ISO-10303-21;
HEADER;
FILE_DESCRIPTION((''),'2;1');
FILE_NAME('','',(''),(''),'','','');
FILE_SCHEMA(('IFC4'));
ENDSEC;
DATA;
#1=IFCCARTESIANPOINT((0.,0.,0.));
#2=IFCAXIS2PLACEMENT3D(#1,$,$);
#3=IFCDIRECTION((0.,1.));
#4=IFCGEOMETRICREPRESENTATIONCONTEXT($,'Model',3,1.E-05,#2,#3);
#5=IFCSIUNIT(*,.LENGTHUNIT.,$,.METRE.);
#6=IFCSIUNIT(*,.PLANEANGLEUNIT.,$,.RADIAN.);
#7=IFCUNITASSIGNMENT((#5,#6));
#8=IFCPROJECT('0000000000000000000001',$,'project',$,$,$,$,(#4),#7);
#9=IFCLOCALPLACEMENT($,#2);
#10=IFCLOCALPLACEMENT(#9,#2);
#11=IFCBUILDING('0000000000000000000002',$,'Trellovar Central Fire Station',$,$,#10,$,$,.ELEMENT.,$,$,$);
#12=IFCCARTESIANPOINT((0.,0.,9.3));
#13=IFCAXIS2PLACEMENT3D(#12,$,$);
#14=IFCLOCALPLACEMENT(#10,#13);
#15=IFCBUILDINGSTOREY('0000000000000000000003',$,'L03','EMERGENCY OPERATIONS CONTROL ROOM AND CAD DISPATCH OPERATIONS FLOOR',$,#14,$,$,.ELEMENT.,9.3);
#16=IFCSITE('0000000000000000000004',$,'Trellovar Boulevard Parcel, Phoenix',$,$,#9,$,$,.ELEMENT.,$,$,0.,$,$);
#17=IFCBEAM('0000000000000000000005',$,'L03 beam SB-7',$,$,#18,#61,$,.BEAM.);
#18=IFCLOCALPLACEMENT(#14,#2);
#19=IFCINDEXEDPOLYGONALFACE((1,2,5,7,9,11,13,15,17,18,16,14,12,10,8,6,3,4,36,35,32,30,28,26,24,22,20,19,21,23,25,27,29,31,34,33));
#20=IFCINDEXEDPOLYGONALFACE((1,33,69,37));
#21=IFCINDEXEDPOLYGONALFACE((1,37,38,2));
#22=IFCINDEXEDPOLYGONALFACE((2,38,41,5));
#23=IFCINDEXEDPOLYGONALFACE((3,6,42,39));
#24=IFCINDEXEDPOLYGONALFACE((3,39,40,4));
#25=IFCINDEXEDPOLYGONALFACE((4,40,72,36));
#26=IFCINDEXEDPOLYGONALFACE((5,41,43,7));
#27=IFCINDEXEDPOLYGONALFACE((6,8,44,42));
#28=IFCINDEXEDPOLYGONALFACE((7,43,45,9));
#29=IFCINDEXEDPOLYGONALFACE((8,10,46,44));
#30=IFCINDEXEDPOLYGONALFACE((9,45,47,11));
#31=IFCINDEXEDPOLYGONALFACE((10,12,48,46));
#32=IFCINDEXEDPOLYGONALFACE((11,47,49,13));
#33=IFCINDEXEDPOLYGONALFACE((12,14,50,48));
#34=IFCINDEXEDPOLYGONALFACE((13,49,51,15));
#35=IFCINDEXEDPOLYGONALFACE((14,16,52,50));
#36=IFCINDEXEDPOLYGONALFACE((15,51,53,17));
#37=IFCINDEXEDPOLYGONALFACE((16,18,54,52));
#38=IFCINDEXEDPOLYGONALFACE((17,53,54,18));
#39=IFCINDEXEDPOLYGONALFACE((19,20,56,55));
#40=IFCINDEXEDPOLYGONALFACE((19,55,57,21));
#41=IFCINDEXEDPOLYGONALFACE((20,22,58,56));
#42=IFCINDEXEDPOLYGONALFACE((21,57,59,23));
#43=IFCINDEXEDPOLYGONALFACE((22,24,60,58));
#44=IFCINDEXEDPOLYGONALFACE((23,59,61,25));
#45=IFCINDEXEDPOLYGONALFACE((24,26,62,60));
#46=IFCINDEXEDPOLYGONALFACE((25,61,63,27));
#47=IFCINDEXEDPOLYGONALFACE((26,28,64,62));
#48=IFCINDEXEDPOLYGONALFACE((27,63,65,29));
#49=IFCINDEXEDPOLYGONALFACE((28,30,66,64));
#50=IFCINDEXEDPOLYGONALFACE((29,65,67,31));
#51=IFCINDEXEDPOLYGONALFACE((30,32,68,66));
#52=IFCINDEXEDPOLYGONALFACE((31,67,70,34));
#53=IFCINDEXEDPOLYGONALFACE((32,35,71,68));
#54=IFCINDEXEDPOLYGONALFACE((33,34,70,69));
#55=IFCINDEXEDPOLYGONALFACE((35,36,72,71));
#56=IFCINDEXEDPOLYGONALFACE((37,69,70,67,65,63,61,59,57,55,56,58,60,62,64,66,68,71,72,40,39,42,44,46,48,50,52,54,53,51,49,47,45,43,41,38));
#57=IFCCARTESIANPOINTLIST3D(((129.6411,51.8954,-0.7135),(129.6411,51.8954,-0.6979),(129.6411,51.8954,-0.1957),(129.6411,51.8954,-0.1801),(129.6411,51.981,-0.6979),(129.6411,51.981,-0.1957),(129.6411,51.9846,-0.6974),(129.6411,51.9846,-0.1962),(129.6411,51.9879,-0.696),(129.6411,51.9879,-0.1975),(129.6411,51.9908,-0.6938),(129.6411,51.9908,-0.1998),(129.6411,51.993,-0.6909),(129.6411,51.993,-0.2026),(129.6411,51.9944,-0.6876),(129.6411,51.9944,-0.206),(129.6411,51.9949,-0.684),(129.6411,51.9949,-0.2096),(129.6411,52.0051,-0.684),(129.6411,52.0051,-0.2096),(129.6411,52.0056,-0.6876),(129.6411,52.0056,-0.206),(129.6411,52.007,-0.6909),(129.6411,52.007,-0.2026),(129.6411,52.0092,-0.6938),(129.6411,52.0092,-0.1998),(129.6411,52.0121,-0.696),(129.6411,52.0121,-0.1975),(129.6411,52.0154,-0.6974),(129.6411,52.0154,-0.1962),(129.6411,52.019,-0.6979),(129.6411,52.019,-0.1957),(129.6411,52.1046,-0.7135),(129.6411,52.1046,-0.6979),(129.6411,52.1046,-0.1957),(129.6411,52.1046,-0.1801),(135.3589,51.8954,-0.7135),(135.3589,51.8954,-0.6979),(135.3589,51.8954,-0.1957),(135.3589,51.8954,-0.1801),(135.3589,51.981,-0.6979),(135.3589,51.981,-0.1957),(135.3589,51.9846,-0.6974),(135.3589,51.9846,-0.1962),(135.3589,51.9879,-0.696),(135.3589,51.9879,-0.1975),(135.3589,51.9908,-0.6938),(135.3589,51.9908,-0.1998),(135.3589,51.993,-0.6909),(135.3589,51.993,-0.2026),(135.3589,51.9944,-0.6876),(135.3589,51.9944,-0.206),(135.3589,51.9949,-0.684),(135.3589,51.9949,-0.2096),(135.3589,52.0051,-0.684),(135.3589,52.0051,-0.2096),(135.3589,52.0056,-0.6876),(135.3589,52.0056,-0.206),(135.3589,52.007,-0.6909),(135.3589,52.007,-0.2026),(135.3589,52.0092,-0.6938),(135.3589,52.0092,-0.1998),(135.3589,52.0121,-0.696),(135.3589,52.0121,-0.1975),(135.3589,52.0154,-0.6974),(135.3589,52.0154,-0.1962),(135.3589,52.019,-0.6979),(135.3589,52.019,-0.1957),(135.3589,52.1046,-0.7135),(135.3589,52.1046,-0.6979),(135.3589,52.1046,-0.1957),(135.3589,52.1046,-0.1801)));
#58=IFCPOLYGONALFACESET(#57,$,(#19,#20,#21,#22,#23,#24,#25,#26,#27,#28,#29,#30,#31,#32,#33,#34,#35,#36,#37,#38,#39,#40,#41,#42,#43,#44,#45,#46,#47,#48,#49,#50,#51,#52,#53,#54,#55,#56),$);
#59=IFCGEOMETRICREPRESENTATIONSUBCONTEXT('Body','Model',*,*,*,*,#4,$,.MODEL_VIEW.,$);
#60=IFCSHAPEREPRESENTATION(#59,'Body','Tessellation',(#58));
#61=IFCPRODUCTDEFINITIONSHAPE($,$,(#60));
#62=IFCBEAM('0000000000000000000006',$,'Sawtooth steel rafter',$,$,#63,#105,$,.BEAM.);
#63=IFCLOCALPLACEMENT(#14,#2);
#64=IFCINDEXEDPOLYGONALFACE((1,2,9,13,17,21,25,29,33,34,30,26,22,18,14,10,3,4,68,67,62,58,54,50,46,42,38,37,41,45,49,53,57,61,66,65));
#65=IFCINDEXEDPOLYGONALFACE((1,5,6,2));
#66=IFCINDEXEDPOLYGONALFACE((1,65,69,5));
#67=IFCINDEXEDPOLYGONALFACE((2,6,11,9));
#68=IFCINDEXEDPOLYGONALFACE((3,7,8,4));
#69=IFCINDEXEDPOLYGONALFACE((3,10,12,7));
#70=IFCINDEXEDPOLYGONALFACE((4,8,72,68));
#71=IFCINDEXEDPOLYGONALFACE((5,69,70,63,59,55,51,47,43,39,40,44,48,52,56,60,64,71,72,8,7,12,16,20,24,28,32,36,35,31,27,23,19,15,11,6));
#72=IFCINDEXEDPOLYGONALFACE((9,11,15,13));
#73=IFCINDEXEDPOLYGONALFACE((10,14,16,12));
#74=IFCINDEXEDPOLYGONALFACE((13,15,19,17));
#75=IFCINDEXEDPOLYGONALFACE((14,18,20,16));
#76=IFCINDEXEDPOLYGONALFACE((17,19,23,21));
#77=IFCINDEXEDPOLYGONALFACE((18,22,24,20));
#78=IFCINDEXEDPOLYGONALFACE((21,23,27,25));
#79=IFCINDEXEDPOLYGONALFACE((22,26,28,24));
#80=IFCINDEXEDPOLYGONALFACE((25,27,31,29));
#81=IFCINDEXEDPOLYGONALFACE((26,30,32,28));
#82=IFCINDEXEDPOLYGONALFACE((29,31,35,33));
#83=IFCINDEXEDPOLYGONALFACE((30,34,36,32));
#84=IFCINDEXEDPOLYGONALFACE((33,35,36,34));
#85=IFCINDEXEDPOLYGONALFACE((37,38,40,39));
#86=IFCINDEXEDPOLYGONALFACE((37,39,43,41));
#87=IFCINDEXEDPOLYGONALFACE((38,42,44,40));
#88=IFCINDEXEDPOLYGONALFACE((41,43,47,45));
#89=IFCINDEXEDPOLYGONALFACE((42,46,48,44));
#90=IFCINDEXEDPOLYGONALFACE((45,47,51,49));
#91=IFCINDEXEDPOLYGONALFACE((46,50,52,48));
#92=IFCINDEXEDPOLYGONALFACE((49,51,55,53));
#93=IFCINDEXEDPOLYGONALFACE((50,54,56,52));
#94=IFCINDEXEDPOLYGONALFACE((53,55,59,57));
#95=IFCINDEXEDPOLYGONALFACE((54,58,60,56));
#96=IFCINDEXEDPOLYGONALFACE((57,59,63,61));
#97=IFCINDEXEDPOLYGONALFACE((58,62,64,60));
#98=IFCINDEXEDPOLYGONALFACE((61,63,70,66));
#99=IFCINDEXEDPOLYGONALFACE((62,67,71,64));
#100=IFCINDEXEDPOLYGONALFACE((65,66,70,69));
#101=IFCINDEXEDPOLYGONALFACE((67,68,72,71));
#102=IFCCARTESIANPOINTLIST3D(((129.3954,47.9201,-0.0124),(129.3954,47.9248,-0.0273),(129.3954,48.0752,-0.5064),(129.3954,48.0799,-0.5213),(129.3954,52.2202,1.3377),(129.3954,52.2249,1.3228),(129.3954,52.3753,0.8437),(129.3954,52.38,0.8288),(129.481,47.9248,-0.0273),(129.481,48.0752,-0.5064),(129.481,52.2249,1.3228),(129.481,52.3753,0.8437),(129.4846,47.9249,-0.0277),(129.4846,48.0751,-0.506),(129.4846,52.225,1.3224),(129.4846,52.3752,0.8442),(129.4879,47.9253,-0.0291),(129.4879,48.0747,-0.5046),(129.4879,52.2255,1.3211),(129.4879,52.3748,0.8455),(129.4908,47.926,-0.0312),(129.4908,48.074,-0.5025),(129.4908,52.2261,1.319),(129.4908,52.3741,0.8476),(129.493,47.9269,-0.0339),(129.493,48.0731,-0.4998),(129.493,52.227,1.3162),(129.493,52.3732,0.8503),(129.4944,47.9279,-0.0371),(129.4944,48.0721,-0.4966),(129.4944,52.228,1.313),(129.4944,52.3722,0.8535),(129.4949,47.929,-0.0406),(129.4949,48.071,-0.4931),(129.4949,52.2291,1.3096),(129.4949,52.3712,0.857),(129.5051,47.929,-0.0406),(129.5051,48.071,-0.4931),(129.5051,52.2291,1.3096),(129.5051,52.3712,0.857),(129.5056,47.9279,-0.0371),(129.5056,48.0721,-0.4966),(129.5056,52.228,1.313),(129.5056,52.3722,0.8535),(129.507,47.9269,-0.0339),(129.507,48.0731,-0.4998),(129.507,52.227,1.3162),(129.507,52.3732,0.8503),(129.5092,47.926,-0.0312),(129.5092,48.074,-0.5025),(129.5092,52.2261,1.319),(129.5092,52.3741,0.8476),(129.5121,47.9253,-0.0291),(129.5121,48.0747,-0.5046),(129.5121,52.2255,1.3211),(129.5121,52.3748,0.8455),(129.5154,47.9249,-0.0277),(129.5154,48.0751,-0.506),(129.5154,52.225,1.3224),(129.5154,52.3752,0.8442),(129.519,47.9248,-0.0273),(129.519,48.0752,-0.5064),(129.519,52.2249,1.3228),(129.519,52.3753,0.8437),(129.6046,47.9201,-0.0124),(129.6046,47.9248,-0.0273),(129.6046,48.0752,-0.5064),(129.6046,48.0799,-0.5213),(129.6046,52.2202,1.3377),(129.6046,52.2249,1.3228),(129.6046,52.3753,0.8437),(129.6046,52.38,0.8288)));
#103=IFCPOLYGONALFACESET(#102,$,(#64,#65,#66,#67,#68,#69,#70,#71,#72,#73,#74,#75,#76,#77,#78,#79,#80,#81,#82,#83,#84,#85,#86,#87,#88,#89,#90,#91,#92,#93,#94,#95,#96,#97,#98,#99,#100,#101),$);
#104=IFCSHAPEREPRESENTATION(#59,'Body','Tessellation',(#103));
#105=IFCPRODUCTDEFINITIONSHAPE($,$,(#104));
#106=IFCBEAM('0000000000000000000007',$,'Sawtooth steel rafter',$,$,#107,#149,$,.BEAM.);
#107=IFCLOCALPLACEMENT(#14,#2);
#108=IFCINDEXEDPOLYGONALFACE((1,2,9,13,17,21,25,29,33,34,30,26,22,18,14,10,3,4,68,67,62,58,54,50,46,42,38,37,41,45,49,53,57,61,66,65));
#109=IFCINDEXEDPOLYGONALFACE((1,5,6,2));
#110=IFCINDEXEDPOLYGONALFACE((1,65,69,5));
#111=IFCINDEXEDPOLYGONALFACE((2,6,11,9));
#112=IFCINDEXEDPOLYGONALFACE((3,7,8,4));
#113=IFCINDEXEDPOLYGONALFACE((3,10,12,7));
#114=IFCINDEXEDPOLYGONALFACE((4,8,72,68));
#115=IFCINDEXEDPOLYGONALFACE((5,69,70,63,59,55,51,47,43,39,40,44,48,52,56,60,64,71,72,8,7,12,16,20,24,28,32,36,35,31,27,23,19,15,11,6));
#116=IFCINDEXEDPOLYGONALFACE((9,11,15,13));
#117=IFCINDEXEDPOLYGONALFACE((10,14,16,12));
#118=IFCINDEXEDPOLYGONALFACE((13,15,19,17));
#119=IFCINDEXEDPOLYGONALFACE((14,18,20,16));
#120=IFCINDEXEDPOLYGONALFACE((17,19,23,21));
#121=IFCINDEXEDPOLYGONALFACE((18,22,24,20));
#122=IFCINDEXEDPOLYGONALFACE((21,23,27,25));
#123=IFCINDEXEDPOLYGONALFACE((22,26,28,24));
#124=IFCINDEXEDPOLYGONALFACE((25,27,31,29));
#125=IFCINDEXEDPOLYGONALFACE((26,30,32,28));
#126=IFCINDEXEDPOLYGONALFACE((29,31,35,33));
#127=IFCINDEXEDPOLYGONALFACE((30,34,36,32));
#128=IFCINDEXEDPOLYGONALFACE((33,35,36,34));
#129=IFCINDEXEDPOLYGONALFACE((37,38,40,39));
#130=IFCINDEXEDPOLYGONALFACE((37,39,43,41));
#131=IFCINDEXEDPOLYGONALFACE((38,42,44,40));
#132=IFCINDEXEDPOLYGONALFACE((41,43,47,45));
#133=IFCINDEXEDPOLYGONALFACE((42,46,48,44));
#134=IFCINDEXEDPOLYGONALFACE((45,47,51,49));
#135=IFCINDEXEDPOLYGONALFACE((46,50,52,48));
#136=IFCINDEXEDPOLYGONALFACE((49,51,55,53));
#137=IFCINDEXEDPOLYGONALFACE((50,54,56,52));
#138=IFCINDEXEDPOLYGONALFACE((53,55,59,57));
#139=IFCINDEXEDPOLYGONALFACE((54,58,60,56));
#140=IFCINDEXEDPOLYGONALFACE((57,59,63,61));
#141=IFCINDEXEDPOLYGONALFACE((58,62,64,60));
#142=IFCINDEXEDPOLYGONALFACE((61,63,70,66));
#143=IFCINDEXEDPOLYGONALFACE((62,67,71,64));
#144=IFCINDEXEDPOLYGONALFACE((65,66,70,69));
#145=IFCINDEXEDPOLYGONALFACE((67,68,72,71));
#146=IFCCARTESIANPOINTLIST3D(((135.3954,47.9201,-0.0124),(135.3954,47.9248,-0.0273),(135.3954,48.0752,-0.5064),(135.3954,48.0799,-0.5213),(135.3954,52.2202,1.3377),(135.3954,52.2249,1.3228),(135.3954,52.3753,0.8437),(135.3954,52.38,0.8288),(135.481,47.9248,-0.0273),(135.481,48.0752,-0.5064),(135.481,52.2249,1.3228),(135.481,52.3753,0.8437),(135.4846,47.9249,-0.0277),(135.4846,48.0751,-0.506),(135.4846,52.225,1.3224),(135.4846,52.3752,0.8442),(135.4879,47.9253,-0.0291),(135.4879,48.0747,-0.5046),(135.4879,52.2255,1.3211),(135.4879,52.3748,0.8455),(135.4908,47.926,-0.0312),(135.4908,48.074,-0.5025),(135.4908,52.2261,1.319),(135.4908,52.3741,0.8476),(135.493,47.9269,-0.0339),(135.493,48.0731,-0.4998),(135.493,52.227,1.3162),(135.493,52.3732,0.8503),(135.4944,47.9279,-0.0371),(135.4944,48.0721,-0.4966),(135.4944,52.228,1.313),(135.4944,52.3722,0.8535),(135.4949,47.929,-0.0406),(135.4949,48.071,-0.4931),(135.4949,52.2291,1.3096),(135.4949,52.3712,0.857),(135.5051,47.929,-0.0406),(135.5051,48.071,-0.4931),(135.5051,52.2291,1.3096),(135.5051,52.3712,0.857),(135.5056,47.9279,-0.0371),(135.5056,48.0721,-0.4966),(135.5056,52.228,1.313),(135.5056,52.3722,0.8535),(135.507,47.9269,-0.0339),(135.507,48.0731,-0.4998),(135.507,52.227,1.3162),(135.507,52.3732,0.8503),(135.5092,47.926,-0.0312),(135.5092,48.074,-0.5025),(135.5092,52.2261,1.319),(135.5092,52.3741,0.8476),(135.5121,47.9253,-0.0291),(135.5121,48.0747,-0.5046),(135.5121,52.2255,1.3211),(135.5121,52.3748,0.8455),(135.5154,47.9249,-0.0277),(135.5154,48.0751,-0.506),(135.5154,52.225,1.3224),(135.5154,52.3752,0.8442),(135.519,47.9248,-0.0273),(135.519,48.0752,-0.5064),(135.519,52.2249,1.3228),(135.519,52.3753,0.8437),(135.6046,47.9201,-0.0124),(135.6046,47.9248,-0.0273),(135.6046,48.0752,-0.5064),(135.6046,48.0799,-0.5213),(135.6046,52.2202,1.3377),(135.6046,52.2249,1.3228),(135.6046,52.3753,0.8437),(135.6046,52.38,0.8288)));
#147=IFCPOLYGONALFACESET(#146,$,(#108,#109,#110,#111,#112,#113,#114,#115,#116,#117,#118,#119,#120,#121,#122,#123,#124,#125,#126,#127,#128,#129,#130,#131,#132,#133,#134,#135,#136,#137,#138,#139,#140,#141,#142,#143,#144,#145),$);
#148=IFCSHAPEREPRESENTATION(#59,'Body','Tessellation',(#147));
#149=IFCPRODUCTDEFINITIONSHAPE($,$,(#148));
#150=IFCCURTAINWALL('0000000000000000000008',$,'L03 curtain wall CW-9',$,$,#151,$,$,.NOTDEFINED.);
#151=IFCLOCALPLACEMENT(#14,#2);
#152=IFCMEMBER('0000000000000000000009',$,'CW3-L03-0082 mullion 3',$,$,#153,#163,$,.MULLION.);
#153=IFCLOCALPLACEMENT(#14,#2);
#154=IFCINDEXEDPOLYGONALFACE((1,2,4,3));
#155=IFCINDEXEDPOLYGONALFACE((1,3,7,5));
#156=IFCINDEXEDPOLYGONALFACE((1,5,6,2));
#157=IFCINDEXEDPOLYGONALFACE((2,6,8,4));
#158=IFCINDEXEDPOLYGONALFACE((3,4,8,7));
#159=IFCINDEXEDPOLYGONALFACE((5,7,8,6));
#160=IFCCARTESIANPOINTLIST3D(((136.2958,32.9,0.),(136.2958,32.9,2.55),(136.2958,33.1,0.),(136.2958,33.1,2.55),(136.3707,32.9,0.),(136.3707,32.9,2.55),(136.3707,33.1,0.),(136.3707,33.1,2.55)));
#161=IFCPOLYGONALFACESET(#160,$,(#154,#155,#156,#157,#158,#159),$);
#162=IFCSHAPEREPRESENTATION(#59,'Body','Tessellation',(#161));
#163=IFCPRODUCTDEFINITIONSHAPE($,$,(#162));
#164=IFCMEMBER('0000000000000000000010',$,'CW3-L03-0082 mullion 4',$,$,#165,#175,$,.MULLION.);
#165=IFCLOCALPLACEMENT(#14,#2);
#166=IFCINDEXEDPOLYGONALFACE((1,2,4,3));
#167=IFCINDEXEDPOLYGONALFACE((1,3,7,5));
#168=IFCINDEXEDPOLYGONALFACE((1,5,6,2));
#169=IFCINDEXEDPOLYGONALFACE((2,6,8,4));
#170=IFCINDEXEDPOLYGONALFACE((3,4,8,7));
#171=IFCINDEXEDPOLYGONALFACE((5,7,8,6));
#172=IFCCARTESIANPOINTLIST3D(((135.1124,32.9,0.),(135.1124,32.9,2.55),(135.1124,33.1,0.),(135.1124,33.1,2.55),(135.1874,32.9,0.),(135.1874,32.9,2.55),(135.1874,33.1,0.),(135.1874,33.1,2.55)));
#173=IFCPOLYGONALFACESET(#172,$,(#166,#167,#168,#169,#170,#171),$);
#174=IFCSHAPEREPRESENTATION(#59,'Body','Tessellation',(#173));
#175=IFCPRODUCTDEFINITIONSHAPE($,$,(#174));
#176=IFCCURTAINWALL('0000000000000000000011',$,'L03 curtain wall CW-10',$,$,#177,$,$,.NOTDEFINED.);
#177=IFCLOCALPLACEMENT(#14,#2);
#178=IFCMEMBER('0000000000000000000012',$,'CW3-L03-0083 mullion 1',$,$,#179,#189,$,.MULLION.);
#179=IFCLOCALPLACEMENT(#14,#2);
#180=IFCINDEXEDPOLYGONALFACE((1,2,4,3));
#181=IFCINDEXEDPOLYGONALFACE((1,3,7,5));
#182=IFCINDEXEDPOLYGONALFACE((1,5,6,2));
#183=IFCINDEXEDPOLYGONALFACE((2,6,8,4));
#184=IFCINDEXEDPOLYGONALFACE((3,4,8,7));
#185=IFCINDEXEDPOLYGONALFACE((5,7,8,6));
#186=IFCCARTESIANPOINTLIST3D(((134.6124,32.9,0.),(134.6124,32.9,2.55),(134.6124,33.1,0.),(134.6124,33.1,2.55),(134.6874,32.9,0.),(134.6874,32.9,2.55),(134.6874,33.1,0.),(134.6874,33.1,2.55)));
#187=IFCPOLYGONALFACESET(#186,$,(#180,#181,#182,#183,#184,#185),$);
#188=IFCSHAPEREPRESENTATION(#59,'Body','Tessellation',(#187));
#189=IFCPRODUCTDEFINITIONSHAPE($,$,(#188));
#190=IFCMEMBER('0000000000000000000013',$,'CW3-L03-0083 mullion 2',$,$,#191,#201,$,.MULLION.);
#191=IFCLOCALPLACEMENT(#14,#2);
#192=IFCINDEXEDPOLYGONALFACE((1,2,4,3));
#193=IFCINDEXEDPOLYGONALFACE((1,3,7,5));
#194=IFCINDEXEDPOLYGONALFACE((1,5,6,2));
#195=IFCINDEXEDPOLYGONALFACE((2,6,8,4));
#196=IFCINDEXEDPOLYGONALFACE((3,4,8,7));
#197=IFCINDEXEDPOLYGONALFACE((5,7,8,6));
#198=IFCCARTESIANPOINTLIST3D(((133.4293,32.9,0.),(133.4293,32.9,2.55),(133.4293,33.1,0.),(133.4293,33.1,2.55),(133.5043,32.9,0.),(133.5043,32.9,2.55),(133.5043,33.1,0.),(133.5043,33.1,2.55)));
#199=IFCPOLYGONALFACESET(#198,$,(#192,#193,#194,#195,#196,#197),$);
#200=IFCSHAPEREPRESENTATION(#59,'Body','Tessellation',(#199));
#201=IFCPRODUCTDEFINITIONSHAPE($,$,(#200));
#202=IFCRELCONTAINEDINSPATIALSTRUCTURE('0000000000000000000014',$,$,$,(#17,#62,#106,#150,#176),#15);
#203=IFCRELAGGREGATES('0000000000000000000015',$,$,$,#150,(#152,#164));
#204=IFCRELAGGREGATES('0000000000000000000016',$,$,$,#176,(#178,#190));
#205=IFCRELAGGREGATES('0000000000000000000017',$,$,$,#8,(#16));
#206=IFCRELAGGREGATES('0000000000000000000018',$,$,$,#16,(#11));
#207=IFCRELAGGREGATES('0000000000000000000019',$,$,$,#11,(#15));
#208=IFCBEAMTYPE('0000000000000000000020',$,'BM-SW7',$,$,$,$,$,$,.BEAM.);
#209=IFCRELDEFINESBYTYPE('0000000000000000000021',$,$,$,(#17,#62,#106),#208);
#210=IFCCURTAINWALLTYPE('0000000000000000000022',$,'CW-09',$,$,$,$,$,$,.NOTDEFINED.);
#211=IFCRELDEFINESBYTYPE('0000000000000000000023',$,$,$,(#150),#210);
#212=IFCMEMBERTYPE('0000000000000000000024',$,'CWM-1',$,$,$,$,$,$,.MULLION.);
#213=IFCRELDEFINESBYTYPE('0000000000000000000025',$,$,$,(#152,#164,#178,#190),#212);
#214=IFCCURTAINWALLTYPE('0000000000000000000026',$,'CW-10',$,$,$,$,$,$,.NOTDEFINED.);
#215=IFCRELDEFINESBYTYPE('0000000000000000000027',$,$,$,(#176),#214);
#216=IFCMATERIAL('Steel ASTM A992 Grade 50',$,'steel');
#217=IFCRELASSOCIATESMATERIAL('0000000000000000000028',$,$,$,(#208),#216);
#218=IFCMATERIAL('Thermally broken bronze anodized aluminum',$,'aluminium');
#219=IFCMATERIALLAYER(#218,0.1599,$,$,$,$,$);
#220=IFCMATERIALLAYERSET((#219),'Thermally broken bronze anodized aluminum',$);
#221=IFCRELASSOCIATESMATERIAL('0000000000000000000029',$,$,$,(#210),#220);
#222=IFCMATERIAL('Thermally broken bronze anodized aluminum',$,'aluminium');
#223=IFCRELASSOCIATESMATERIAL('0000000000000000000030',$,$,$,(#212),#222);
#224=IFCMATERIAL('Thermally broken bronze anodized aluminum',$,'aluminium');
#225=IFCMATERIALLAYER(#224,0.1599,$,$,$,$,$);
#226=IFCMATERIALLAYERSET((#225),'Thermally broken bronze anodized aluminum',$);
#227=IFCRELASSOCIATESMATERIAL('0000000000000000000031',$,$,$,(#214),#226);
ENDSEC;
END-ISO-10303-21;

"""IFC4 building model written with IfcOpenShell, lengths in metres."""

from ifc_helpers import new_model, si_unit, direction, frame, origin, origin_2d, place, context, subcontext, project, spatial, rectangle, i_section, extrude, material, layer, layer_set, material_profile, profile_set, type_object, element, aggregate, save


model = new_model("IFC4")

# Units and contexts
model_context = context("Model", 3, precision=1e-05, world=origin(), true_north=direction((0.0, 1.0)))
body_context = subcontext(model_context, "Body", "Model", "MODEL_VIEW")
ifc_project = project(units=[si_unit("LENGTHUNIT", "METRE"), si_unit("PLANEANGLEUNIT", "RADIAN")], contexts=[model_context])

# Site, building, storey
site_placement = place(None, origin())
site = spatial("IfcSite", under=ifc_project, at=site_placement, Name="Trellovar Boulevard Parcel, Phoenix", CompositionType="ELEMENT", RefElevation=0.0)
building_placement = place(site_placement, origin())
building = spatial("IfcBuilding", under=site, at=building_placement, Name="Trellovar Central Fire Station", CompositionType="ELEMENT")
storey_placement = place(building_placement, frame((0.0, 0.0, 9.3)))
storey = spatial("IfcBuildingStorey", under=building, at=storey_placement, Name="L03", Description="EMERGENCY OPERATIONS CONTROL ROOM AND CAD DISPATCH OPERATIONS FLOOR", CompositionType="ELEMENT", Elevation=9.3)

# Beams
ifc_material_1 = material(Name="Steel ASTM A992 Grade 50", Category="steel")
ifc_material_profile_1 = material_profile(ifc_material_1, i_section(OverallWidth=0.2092, OverallDepth=0.5334, WebThickness=0.0103, FlangeThickness=0.0156, FilletRadius=0.0139, at=origin_2d()), Name="W21X62")
ifc_profile_set_1 = profile_set([ifc_material_profile_1], Name="Steel ASTM A992 Grade 50")
beam_type_1 = type_object("IfcBeamType", Name="BM-SW7", PredefinedType="BEAM", material=ifc_profile_set_1)
for number, where, z_axis, x_axis, name in (
    (1, (129.6411, 52.0, -0.4468), (1.0, 0.0, 0.0), (0.0, 1.0, 0.0), "L03 beam SB-7"),
):
    element("IfcBeam", number, at=place(storey_placement, frame(where, z_axis=z_axis, x_axis=x_axis)), inside=storey, type_object=beam_type_1, Name=name, PredefinedType="BEAM", context=body_context, shape_type="SweptSolid", body=[
        extrude(i_section(OverallWidth=0.2092, OverallDepth=0.5334, WebThickness=0.0103, FlangeThickness=0.0156, FilletRadius=0.0139, at=origin_2d()), origin(), (0.0, 0.0, 1.0), 5.7178),
    ])
for number, where, z_axis, x_axis, name in (
    (2, (129.5, 48.0, -0.2668), (0.0, 0.954079, 0.299555), (-1.0, 0.0, 0.0), "Sawtooth steel rafter"),
    (3, (135.5, 48.0, -0.2668), (0.0, 0.954079, 0.299555), (-1.0, 0.0, 0.0), "Sawtooth steel rafter"),
):
    element("IfcBeam", number, at=place(storey_placement, frame(where, z_axis=z_axis, x_axis=x_axis)), inside=storey, type_object=beam_type_1, Name=name, PredefinedType="BEAM", context=body_context, shape_type="SweptSolid", body=[
        extrude(i_section(OverallWidth=0.2092, OverallDepth=0.5334, WebThickness=0.0103, FlangeThickness=0.0156, FilletRadius=0.0139, at=origin_2d()), origin(), (0.0, 0.0, 1.0), 4.5071),
    ])

# Curtain walls, members
ifc_material_2 = material(Name="Thermally broken bronze anodized aluminum", Category="aluminium")
ifc_layer_1 = layer(ifc_material_2, 0.1599)
ifc_layer_set_1 = layer_set([ifc_layer_1], Name="Thermally broken bronze anodized aluminum")
curtain_wall_type_1 = type_object("IfcCurtainWallType", Name="CW-09", PredefinedType="NOTDEFINED", material=ifc_layer_set_1)
curtain_wall_1_placement = place(storey_placement, origin())
curtain_wall_1 = element("IfcCurtainWall", 4, at=curtain_wall_1_placement, inside=storey, type_object=curtain_wall_type_1, Name="L03 curtain wall CW-9", PredefinedType="NOTDEFINED")
ifc_material_3 = material(Name="Thermally broken bronze anodized aluminum", Category="aluminium")
ifc_material_profile_2 = material_profile(ifc_material_3, rectangle(XDim=0.075, YDim=0.2, at=origin_2d()), Name="ALU75X200")
ifc_profile_set_2 = profile_set([ifc_material_profile_2], Name="Thermally broken bronze anodized aluminum")
member_type_1 = type_object("IfcMemberType", Name="CWM-1", PredefinedType="MULLION", material=ifc_profile_set_2)
member_1_placement = place(storey_placement, frame((136.3333, 33.0, 0.0), z_axis=(0.0, 0.0, 1.0), x_axis=(1.0, 0.0, 0.0)))
member_1 = element("IfcMember", 5, at=member_1_placement, type_object=member_type_1, Name="CW3-L03-0082 mullion 3", PredefinedType="MULLION", context=body_context, shape_type="SweptSolid", body=[
    extrude(rectangle(XDim=0.075, YDim=0.2, at=origin_2d()), origin(), (0.0, 0.0, 1.0), 2.55),
])
member_2_placement = place(storey_placement, frame((135.1499, 33.0, 0.0), z_axis=(0.0, 0.0, 1.0), x_axis=(1.0, 0.0, 0.0)))
member_2 = element("IfcMember", 6, at=member_2_placement, type_object=member_type_1, Name="CW3-L03-0082 mullion 4", PredefinedType="MULLION", context=body_context, shape_type="SweptSolid", body=[
    extrude(rectangle(XDim=0.075, YDim=0.2, at=origin_2d()), origin(), (0.0, 0.0, 1.0), 2.55),
])
ifc_material_4 = material(Name="Thermally broken bronze anodized aluminum", Category="aluminium")
ifc_layer_2 = layer(ifc_material_4, 0.1599)
ifc_layer_set_2 = layer_set([ifc_layer_2], Name="Thermally broken bronze anodized aluminum")
curtain_wall_type_2 = type_object("IfcCurtainWallType", Name="CW-10", PredefinedType="NOTDEFINED", material=ifc_layer_set_2)
curtain_wall_2_placement = place(storey_placement, origin())
curtain_wall_2 = element("IfcCurtainWall", 7, at=curtain_wall_2_placement, inside=storey, type_object=curtain_wall_type_2, Name="L03 curtain wall CW-10", PredefinedType="NOTDEFINED")
member_3_placement = place(storey_placement, frame((134.6499, 33.0, 0.0), z_axis=(0.0, 0.0, 1.0), x_axis=(1.0, 0.0, 0.0)))
member_3 = element("IfcMember", 8, at=member_3_placement, type_object=member_type_1, Name="CW3-L03-0083 mullion 1", PredefinedType="MULLION", context=body_context, shape_type="SweptSolid", body=[
    extrude(rectangle(XDim=0.075, YDim=0.2, at=origin_2d()), origin(), (0.0, 0.0, 1.0), 2.55),
])
member_4_placement = place(storey_placement, frame((133.4668, 33.0, 0.0), z_axis=(0.0, 0.0, 1.0), x_axis=(1.0, 0.0, 0.0)))
member_4 = element("IfcMember", 9, at=member_4_placement, type_object=member_type_1, Name="CW3-L03-0083 mullion 2", PredefinedType="MULLION", context=body_context, shape_type="SweptSolid", body=[
    extrude(rectangle(XDim=0.075, YDim=0.2, at=origin_2d()), origin(), (0.0, 0.0, 1.0), 2.55),
])

aggregate(curtain_wall_1, [member_1, member_2])
aggregate(curtain_wall_2, [member_3, member_4])

save(model, "model.ifc")
